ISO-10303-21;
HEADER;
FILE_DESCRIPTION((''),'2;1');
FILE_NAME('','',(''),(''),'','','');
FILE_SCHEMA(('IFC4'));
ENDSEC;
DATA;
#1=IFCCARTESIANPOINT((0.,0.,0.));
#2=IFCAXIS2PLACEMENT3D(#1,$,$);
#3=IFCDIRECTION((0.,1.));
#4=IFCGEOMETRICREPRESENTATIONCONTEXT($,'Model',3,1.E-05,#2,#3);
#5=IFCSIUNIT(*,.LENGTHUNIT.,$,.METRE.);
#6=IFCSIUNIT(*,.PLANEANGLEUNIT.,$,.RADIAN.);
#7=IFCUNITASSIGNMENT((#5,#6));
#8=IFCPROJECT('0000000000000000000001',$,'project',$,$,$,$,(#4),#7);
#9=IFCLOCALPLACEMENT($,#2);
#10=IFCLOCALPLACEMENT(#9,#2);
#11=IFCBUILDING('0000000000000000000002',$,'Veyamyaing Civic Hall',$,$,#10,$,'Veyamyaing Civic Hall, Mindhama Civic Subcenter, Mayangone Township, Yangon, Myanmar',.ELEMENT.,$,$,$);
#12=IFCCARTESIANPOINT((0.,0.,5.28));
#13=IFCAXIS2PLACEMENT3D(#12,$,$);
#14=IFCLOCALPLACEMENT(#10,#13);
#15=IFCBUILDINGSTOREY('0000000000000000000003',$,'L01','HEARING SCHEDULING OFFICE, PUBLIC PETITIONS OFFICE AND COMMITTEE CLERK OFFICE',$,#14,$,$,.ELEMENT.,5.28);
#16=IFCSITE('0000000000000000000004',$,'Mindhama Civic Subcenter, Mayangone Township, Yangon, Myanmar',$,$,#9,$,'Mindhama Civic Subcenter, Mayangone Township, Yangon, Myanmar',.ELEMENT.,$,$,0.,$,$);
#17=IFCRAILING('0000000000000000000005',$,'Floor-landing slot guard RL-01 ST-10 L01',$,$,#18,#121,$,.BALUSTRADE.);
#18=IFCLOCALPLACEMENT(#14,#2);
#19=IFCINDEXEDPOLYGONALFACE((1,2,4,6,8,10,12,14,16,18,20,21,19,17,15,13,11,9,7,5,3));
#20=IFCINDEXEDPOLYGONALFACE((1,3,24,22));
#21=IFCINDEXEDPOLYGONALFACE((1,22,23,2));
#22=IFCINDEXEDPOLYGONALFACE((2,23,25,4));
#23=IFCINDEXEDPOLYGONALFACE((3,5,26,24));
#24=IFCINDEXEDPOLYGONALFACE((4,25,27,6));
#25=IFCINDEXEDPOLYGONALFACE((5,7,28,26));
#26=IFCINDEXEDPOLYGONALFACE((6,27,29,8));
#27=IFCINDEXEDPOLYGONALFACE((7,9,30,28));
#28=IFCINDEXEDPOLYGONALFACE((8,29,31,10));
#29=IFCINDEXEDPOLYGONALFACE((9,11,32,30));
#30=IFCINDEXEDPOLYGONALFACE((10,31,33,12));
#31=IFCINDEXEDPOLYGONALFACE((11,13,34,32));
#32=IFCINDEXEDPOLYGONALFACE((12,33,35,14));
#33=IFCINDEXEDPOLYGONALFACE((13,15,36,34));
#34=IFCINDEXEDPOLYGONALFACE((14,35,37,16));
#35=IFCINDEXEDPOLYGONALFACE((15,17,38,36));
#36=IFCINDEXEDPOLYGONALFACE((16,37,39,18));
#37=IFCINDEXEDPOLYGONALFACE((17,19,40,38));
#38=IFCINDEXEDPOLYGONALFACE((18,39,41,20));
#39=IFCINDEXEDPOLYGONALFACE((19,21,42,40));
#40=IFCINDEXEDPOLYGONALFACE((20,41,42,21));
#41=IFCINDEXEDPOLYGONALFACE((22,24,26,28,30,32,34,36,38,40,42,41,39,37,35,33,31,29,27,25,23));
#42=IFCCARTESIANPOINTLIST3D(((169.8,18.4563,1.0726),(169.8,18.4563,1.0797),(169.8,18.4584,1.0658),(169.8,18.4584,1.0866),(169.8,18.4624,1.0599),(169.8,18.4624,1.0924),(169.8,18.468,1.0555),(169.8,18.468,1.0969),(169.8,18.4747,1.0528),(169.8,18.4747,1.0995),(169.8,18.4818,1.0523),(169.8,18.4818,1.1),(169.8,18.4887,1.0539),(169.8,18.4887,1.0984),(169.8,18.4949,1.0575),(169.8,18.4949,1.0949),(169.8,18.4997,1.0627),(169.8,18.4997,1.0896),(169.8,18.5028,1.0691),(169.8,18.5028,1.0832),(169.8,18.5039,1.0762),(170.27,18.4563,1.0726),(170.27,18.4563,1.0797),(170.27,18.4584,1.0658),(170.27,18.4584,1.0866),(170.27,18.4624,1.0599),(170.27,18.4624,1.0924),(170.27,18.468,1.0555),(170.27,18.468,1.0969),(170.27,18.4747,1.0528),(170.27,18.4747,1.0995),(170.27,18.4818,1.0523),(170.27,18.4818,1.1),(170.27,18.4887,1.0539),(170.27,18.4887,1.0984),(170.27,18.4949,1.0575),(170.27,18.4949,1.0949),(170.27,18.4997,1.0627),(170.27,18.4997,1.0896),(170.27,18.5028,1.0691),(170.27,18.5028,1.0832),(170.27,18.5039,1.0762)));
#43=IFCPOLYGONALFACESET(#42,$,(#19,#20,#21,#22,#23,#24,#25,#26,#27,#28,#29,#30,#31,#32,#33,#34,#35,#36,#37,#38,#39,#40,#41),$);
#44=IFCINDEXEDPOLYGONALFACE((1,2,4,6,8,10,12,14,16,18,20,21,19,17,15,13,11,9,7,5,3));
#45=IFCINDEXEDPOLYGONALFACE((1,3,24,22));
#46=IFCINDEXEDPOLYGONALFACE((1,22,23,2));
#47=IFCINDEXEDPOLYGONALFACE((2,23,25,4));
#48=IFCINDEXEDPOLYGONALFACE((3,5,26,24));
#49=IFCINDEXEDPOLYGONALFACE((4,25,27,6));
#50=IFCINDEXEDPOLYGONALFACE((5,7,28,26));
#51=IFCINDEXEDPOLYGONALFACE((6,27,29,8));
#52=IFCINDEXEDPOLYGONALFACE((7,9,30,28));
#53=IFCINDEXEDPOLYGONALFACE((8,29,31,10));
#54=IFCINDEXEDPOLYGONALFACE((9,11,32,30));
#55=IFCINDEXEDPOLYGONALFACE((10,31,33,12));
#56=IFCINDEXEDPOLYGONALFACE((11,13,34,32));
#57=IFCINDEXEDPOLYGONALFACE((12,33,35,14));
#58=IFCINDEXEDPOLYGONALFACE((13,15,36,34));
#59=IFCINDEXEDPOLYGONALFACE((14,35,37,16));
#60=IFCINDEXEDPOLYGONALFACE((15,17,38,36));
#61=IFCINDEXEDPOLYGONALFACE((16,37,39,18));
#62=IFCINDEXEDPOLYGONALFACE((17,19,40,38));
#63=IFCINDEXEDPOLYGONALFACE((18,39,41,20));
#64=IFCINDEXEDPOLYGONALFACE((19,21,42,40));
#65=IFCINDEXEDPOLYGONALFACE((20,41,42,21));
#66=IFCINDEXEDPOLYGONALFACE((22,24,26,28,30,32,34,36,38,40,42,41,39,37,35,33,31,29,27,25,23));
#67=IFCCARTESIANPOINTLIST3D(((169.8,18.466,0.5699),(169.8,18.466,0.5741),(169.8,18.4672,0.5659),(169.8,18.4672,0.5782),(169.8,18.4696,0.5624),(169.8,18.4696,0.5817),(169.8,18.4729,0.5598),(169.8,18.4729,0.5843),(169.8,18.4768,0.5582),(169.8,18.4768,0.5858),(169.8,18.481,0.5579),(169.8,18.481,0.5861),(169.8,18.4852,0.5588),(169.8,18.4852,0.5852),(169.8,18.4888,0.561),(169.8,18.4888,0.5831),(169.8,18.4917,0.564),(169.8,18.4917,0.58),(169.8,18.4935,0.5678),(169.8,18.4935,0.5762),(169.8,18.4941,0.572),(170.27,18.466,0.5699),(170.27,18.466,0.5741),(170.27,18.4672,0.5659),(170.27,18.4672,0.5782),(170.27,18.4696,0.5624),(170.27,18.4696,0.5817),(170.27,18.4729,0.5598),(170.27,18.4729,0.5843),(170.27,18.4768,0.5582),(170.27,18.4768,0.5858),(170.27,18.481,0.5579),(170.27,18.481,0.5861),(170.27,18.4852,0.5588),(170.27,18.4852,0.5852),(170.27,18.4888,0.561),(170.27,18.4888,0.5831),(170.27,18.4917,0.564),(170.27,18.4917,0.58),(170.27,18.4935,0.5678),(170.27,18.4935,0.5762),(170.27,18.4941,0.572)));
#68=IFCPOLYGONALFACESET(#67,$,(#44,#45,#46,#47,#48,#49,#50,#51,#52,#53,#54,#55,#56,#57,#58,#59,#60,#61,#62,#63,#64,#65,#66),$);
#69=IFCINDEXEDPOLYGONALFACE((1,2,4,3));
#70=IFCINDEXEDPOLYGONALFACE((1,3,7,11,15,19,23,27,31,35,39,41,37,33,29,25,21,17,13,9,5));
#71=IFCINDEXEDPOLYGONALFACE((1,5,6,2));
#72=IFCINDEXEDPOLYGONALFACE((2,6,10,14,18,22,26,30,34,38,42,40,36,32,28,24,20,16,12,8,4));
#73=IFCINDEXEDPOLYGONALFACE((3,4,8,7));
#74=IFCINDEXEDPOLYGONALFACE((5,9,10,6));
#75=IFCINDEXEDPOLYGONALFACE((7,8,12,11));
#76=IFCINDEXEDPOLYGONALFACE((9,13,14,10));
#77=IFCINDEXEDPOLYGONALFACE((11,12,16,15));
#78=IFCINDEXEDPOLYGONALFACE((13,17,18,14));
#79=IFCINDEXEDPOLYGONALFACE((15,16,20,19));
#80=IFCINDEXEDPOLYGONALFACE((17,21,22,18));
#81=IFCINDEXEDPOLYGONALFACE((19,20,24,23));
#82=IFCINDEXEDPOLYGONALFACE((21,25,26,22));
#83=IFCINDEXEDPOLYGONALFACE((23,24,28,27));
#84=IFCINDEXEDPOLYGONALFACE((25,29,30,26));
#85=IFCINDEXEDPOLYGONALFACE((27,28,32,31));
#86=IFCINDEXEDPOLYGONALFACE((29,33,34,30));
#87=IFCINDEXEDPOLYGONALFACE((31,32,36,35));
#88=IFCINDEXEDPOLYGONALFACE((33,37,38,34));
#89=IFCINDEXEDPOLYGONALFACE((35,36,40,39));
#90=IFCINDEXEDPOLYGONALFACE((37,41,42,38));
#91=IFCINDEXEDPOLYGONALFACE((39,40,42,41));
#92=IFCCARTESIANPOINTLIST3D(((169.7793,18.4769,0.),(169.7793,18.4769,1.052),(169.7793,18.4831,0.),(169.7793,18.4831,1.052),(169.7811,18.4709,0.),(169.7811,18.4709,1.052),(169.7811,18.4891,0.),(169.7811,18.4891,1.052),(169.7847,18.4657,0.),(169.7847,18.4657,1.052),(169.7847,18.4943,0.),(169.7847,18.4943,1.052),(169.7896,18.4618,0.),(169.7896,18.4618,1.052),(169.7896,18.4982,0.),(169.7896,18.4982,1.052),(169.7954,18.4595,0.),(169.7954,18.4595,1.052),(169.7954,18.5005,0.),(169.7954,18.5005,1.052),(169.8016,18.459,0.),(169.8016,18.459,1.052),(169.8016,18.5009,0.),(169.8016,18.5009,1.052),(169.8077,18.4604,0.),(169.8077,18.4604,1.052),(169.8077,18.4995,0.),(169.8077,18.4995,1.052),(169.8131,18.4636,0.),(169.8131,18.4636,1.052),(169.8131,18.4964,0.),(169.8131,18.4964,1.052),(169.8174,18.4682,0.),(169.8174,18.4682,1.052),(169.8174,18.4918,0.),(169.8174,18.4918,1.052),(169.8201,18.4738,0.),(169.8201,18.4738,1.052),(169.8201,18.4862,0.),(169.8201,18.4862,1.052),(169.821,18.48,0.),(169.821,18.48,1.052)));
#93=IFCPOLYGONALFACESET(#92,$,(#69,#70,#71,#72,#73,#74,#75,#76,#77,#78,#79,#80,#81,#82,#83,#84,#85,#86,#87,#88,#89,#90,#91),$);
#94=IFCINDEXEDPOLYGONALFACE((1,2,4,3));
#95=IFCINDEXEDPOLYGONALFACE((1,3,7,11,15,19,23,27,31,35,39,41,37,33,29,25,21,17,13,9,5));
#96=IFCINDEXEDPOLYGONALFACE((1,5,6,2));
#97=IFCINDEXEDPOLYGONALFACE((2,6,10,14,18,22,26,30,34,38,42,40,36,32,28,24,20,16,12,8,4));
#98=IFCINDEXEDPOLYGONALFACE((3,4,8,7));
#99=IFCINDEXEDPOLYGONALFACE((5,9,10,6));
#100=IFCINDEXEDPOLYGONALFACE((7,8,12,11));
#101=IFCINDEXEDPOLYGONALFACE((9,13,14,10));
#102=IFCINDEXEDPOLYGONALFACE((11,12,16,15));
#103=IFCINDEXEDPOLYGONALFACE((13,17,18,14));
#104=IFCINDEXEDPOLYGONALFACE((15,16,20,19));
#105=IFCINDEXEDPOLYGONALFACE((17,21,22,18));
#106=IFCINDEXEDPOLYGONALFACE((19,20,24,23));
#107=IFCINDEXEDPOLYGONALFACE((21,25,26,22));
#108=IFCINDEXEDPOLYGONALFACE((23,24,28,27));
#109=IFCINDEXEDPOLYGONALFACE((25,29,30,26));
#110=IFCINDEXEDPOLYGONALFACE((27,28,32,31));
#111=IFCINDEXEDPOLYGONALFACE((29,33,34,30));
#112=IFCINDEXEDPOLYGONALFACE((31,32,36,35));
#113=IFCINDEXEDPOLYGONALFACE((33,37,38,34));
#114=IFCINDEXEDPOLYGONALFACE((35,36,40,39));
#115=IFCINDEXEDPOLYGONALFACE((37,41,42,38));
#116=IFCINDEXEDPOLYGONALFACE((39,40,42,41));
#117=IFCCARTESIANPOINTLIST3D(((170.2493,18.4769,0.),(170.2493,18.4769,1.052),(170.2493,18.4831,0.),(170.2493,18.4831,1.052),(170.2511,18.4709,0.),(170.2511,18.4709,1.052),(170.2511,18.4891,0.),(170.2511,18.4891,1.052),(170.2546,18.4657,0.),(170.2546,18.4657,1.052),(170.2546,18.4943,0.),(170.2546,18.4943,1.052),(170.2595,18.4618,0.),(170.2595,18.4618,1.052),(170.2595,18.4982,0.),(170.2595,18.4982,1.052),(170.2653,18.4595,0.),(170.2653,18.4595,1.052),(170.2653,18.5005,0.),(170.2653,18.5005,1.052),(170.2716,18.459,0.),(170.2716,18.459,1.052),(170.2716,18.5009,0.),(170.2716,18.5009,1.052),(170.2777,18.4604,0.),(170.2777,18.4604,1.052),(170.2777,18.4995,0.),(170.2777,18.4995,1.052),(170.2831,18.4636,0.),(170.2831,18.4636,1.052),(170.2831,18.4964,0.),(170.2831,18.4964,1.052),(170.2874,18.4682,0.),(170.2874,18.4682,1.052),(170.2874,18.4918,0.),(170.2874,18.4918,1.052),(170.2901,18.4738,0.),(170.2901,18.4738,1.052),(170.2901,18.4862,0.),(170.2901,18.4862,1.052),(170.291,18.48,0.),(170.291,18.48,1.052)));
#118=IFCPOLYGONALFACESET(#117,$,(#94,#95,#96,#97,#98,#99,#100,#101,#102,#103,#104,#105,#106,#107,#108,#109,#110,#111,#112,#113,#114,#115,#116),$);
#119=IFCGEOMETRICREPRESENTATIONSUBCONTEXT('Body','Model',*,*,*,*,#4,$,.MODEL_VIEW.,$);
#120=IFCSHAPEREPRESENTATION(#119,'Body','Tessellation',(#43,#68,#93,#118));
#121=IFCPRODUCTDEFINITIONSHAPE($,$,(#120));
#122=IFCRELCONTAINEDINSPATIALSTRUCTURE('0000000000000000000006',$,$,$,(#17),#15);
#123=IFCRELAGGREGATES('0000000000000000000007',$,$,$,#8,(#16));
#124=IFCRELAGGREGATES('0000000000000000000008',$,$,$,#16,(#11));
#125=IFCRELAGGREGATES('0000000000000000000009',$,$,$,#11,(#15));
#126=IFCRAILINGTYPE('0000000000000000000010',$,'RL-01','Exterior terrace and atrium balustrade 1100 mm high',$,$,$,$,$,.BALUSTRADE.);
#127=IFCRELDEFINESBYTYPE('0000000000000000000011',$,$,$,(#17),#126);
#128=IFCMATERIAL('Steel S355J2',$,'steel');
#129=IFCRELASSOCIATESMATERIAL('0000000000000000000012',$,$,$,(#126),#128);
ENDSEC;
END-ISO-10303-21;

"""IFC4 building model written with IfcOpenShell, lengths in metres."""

from ifc_helpers import new_model, si_unit, direction, frame, origin, origin_2d, place, context, subcontext, project, spatial, circle, extrude, material, type_object, element, save


model = new_model("IFC4")

# Units and contexts
model_context = context("Model", 3, precision=1e-05, world=origin(), true_north=direction((0.0, 1.0)))
body_context = subcontext(model_context, "Body", "Model", "MODEL_VIEW")
ifc_project = project(units=[si_unit("LENGTHUNIT", "METRE"), si_unit("PLANEANGLEUNIT", "RADIAN")], contexts=[model_context])

# Site, building, storey
site_placement = place(None, origin())
site = spatial("IfcSite", under=ifc_project, at=site_placement, Name="Mindhama Civic Subcenter, Mayangone Township, Yangon, Myanmar", LongName="Mindhama Civic Subcenter, Mayangone Township, Yangon, Myanmar", CompositionType="ELEMENT", RefElevation=0.0)
building_placement = place(site_placement, origin())
building = spatial("IfcBuilding", under=site, at=building_placement, Name="Veyamyaing Civic Hall", LongName="Veyamyaing Civic Hall, Mindhama Civic Subcenter, Mayangone Township, Yangon, Myanmar", CompositionType="ELEMENT")
storey_placement = place(building_placement, frame((0.0, 0.0, 5.28)))
storey = spatial("IfcBuildingStorey", under=building, at=storey_placement, Name="L01", Description="HEARING SCHEDULING OFFICE, PUBLIC PETITIONS OFFICE AND COMMITTEE CLERK OFFICE", CompositionType="ELEMENT", Elevation=5.28)

# Railing
ifc_material_1 = material(Name="Steel S355J2", Category="steel")
railing_type_1 = type_object("IfcRailingType", Name="RL-01", Description="Exterior terrace and atrium balustrade 1100 mm high", PredefinedType="BALUSTRADE", material=ifc_material_1)
railing_1_placement = place(storey_placement, frame((169.8, 18.48, 0.0)))
element("IfcRailing", 1, at=railing_1_placement, inside=storey, type_object=railing_type_1, Name="Floor-landing slot guard RL-01 ST-10 L01", PredefinedType="BALUSTRADE", context=body_context, shape_type="SweptSolid", body=[
    extrude(circle(Radius=0.0239, at=origin_2d()), frame((0.0, 0.0, 1.0762), z_axis=(1.0, 0.0, 0.0), x_axis=(0.0, 1.0, 0.0)), (0.0, 0.0, 1.0), 0.47),
    extrude(circle(Radius=0.0142, at=origin_2d()), frame((0.0, 0.0, 0.572), z_axis=(1.0, 0.0, 0.0), x_axis=(0.0, 1.0, 0.0)), (0.0, 0.0, 1.0), 0.47),
    extrude(circle(Radius=0.021, at=origin_2d()), origin(), (0.0, 0.0, 1.0), 1.052),
    extrude(circle(Radius=0.021, at=origin_2d()), frame((0.47, 0.0, 0.0)), (0.0, 0.0, 1.0), 1.052),
])

save(model, "model.ifc")
